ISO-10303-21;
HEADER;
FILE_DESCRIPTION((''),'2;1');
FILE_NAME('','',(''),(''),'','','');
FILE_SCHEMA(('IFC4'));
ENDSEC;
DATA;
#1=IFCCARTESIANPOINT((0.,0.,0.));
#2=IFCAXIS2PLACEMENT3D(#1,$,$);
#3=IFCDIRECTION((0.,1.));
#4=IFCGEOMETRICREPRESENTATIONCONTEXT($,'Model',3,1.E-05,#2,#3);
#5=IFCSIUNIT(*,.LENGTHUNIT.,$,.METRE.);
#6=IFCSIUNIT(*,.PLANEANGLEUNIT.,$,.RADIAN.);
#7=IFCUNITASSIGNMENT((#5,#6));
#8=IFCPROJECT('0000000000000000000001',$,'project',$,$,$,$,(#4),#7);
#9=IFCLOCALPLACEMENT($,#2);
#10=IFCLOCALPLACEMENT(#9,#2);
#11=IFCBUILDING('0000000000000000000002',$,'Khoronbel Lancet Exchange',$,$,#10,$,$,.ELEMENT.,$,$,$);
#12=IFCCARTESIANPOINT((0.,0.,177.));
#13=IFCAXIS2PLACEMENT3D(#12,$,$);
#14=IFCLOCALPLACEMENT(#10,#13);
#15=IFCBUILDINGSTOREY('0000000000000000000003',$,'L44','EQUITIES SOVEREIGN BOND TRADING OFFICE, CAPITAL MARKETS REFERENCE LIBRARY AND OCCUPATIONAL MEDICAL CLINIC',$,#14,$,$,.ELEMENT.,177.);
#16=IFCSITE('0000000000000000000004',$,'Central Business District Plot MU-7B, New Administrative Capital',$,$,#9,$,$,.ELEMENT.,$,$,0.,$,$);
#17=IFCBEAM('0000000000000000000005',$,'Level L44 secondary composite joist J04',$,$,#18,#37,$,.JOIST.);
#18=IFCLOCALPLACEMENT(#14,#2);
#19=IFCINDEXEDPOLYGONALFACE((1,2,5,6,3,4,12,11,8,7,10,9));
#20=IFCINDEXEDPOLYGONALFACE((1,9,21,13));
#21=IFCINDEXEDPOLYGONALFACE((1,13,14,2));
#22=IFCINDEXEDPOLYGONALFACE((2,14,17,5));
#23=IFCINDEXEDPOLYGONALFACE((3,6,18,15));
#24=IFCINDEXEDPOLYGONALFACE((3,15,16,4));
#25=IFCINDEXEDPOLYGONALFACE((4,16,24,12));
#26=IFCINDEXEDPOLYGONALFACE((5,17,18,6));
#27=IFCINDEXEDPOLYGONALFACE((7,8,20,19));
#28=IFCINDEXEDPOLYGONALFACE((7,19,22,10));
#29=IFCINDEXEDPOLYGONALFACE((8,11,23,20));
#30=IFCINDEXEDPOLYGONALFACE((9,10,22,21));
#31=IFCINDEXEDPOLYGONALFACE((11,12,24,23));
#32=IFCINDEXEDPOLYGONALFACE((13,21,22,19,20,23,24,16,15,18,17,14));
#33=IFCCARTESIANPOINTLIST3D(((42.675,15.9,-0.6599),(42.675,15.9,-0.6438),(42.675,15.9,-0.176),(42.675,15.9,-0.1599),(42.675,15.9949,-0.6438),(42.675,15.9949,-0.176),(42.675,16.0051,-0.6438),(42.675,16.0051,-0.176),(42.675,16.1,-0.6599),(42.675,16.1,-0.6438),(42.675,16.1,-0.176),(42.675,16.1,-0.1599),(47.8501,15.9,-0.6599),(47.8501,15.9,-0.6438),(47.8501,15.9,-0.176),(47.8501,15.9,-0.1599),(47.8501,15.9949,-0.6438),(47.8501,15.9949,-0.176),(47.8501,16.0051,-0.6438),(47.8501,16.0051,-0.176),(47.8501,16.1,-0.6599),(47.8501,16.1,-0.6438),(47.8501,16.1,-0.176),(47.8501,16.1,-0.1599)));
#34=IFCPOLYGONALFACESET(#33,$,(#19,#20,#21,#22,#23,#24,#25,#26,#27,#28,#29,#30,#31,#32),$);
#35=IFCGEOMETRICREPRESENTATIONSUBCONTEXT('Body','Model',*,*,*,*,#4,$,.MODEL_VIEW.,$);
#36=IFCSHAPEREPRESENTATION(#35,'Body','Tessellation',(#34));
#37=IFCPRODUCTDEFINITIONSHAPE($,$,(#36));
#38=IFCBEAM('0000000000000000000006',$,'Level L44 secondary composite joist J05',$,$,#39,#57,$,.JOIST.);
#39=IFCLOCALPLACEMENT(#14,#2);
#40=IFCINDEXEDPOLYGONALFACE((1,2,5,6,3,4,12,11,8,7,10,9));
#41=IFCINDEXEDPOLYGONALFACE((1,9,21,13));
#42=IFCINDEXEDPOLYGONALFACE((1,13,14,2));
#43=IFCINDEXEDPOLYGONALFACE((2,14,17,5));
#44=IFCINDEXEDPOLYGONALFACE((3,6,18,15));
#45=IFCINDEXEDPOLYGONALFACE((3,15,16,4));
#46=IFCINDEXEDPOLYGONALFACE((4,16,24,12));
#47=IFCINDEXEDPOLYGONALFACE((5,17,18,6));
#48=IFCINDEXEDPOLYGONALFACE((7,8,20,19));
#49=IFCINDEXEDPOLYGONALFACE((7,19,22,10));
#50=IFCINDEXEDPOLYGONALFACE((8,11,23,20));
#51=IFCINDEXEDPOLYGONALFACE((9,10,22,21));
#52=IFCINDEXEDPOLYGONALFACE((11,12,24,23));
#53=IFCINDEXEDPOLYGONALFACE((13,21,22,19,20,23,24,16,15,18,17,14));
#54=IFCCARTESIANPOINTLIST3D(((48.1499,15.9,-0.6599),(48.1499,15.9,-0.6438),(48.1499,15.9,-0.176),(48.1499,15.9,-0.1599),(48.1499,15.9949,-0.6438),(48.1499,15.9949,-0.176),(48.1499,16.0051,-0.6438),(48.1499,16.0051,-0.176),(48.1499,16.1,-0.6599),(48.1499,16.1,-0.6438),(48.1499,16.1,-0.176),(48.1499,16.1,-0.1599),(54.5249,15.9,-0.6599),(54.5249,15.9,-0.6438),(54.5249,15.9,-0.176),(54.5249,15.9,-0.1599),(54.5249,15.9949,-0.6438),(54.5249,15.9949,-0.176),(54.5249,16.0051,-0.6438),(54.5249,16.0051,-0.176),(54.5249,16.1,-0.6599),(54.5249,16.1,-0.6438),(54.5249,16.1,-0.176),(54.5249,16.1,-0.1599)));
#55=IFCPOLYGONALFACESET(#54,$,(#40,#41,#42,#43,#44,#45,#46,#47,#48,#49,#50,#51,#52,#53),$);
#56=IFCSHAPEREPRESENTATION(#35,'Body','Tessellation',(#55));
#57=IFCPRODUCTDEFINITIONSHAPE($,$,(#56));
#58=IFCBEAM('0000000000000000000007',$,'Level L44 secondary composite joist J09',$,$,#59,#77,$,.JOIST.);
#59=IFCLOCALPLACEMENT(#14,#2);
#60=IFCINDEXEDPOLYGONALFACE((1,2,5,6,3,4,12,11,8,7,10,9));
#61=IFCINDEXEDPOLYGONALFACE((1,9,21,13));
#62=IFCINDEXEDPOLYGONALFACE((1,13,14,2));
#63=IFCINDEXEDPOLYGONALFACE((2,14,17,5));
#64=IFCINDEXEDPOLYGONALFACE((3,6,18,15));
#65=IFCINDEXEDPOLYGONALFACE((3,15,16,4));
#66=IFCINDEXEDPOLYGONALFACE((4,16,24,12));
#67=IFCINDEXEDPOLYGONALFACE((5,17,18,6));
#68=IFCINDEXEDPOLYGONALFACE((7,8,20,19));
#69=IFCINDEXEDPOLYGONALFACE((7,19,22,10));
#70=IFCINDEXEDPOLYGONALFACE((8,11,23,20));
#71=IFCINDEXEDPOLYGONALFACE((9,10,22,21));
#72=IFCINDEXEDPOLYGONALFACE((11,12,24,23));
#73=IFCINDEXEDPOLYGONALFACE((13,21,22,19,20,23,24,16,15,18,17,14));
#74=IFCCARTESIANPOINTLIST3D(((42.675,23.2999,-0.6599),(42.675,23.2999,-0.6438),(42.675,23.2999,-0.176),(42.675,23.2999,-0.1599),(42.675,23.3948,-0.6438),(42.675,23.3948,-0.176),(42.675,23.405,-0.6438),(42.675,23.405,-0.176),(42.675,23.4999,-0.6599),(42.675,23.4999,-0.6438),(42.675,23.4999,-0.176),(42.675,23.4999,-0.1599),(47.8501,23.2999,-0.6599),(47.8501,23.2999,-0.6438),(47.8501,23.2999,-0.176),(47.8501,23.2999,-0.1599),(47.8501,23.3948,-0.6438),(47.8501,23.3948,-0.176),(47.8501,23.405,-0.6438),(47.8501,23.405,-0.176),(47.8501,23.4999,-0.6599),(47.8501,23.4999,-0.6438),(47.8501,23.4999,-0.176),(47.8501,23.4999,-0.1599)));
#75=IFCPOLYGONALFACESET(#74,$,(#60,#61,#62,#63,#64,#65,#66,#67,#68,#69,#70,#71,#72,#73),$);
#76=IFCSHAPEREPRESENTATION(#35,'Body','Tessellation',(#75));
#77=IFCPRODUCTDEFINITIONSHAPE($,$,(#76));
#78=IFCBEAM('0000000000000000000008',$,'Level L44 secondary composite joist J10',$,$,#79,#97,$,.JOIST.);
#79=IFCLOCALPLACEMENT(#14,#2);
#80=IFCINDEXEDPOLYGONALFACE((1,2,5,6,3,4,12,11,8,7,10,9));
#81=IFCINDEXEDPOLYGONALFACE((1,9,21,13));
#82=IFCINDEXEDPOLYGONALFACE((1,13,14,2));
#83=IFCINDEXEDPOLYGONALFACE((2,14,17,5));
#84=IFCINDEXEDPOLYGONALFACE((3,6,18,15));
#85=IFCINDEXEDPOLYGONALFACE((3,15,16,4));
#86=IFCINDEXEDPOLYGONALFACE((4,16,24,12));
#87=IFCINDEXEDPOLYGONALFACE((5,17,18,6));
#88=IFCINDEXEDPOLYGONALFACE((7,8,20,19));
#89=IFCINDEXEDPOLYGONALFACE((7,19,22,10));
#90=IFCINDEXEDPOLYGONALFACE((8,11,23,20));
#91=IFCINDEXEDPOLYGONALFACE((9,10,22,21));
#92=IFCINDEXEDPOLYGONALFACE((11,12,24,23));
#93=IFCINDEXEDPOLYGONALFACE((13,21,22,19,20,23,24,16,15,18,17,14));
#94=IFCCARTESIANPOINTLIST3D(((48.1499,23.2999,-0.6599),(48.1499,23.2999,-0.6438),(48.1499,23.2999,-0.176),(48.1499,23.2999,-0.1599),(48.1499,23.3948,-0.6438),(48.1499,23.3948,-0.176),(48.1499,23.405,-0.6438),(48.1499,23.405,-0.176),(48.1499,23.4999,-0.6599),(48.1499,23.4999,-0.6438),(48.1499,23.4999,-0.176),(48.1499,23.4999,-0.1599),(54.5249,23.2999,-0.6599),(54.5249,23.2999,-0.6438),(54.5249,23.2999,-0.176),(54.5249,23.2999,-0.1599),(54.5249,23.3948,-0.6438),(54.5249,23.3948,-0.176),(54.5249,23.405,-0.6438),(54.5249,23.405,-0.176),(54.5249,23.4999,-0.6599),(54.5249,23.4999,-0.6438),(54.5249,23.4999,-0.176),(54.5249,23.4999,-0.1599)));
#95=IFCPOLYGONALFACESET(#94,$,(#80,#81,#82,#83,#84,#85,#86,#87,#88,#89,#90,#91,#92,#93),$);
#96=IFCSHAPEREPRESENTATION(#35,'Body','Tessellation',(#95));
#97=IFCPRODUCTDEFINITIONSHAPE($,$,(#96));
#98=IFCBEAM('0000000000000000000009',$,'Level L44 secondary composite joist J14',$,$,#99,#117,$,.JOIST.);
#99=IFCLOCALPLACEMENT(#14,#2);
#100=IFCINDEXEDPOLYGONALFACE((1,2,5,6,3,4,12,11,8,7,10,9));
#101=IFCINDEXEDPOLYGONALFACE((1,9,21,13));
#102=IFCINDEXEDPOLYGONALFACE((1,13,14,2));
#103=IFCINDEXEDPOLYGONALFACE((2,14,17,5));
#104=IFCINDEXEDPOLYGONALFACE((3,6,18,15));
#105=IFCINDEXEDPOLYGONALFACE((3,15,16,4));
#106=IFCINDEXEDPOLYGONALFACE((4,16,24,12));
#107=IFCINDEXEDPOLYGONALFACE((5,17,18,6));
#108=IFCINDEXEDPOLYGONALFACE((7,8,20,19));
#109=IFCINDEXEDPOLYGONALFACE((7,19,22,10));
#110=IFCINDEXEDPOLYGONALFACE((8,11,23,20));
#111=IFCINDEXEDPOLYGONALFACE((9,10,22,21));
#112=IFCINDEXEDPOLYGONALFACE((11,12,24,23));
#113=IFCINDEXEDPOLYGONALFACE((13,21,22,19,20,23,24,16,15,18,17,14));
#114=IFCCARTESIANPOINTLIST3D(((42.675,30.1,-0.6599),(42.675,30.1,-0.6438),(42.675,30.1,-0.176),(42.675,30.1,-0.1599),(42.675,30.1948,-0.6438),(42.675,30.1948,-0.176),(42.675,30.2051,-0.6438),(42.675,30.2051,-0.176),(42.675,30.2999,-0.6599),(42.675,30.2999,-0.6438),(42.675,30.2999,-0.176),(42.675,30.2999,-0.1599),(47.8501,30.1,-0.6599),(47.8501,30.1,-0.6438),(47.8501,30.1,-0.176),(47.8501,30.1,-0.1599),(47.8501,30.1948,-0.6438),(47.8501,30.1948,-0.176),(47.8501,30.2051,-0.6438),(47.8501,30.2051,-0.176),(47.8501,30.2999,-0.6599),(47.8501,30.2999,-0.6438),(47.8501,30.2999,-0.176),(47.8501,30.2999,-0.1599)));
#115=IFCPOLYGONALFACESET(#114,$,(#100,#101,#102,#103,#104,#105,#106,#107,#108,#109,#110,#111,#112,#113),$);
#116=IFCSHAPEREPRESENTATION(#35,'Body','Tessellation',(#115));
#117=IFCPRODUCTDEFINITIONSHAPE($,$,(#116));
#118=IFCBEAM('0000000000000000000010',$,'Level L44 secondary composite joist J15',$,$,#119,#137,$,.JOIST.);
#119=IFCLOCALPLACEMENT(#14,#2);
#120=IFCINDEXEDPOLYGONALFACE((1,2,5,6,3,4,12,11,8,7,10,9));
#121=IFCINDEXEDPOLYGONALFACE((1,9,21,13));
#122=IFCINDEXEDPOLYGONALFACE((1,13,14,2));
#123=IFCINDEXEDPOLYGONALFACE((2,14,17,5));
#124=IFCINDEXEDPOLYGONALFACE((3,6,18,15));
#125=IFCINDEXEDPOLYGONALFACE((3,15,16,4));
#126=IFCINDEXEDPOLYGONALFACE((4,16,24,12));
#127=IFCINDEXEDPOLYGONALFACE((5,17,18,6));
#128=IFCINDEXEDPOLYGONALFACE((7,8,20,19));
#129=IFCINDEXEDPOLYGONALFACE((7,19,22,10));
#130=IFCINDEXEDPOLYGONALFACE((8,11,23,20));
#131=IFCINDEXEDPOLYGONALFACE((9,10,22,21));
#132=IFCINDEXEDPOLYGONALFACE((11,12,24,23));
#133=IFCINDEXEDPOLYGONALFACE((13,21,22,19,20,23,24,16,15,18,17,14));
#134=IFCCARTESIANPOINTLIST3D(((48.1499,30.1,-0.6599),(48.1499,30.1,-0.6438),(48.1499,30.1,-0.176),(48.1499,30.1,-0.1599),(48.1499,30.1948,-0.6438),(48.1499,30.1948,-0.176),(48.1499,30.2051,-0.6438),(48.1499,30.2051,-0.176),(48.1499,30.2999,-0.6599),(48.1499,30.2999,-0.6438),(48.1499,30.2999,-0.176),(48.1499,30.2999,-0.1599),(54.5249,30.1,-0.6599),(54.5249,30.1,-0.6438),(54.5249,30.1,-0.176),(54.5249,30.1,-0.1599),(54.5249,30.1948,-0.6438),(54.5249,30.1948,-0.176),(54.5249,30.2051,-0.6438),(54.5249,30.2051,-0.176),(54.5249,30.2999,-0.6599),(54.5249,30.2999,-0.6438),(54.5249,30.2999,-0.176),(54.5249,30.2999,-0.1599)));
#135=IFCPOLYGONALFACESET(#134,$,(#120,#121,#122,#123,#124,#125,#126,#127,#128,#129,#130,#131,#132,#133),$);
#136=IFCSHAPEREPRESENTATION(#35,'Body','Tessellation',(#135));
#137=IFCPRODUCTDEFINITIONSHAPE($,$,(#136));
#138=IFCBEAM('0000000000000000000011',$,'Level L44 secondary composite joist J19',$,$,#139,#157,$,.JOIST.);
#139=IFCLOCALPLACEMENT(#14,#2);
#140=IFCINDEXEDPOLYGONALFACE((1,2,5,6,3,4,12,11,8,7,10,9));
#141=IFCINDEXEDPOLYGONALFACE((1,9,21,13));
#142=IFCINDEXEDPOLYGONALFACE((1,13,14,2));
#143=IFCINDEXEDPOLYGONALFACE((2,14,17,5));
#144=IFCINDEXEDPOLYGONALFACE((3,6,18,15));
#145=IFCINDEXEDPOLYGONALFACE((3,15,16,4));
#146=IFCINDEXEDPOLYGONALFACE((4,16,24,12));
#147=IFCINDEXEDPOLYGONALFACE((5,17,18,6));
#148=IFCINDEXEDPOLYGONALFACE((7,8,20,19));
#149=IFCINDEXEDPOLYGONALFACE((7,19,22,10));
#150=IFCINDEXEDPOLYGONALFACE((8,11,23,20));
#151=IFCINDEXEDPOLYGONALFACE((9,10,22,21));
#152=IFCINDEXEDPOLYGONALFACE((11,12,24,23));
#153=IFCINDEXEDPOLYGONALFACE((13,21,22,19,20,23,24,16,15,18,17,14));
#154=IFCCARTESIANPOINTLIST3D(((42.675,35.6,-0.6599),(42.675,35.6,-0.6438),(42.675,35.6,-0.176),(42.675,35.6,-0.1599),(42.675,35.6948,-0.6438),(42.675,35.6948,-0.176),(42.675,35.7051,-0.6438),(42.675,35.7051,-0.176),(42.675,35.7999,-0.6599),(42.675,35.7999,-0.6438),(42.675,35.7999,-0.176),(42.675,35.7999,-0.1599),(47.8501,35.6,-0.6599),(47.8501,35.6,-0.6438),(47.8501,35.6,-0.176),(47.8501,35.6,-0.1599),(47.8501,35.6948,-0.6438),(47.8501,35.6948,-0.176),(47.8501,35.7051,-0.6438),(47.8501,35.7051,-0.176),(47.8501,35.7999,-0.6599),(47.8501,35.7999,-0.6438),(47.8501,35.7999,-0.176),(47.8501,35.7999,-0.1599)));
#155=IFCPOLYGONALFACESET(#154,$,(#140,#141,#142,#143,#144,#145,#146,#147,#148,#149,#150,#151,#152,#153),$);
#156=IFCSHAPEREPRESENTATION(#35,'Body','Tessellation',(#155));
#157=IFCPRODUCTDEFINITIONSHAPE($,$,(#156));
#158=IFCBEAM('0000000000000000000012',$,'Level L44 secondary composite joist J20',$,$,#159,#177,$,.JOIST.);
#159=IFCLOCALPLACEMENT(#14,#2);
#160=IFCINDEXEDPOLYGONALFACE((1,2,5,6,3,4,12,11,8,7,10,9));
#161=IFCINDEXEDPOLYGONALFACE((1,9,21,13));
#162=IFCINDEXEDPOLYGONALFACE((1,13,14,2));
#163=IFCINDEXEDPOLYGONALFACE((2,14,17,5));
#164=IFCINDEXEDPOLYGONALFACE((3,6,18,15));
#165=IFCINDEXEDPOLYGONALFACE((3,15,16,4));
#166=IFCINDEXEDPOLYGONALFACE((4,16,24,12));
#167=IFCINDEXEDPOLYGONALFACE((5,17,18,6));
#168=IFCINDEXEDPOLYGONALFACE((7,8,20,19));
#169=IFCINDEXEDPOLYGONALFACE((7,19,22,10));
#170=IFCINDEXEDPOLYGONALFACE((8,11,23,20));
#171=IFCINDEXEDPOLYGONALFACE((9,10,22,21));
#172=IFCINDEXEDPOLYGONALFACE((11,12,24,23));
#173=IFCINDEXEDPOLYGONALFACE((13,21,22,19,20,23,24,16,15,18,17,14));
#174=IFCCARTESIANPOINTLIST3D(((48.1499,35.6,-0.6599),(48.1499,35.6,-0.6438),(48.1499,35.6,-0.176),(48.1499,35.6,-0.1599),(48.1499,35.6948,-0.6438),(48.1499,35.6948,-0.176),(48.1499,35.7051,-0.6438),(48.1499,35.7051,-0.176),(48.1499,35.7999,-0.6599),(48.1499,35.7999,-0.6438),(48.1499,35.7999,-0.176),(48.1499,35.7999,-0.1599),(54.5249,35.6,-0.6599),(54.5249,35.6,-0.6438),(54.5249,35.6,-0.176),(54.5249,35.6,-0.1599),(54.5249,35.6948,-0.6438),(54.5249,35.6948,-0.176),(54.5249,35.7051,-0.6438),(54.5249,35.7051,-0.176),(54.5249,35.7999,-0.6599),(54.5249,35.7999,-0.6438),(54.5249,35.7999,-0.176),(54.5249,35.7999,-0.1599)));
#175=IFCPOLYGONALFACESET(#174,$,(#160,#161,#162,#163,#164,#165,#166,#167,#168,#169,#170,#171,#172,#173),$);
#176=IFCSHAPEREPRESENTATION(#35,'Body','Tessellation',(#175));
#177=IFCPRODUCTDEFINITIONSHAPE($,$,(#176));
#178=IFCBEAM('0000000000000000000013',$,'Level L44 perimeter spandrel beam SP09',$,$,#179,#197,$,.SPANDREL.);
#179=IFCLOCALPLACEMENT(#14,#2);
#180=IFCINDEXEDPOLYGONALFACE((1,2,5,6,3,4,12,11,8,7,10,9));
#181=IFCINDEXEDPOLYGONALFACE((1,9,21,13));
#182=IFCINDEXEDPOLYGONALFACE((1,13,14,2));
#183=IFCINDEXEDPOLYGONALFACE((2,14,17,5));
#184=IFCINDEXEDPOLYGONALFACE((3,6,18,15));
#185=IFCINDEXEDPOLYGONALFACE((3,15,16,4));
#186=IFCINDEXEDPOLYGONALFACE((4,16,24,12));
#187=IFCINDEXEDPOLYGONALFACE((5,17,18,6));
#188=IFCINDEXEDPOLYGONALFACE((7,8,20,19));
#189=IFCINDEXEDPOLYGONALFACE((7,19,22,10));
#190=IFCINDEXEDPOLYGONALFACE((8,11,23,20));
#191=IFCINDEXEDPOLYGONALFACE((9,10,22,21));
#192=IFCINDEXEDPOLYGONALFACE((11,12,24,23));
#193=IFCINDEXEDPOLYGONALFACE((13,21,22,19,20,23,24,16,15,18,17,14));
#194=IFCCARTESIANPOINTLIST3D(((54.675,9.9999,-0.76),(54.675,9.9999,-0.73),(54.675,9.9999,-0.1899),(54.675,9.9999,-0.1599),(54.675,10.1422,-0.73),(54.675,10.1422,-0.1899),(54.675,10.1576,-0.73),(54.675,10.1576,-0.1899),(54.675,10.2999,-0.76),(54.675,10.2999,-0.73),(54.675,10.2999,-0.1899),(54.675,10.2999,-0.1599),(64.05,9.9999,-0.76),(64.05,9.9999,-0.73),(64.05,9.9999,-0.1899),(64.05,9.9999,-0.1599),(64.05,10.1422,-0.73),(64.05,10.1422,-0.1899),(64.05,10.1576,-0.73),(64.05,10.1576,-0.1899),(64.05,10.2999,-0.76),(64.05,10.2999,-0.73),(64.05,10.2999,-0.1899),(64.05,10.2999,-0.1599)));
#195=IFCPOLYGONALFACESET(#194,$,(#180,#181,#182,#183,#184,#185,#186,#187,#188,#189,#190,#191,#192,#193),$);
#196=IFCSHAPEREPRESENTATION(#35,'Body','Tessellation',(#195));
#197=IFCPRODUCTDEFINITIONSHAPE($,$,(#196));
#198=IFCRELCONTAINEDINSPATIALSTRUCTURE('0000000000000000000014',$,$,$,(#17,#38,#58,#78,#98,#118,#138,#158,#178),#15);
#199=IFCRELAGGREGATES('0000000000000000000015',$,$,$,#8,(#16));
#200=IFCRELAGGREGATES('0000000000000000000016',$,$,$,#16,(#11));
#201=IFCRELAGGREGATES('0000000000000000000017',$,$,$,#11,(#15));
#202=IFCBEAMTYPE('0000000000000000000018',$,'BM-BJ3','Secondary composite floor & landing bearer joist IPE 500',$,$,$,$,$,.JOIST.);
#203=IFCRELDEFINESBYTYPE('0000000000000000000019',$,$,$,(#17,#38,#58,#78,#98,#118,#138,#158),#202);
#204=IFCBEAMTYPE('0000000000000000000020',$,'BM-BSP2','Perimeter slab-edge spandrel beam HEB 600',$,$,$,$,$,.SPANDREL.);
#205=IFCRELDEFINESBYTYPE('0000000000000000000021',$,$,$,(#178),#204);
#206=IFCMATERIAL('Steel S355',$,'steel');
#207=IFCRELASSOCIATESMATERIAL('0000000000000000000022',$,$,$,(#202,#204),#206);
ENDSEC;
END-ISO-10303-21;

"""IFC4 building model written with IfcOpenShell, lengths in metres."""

from ifc_helpers import new_model, si_unit, direction, frame, origin, origin_2d, place, context, subcontext, project, spatial, i_section, extrude, material, material_profile, profile_set, type_object, element, save


model = new_model("IFC4")

# Units and contexts
model_context = context("Model", 3, precision=1e-05, world=origin(), true_north=direction((0.0, 1.0)))
body_context = subcontext(model_context, "Body", "Model", "MODEL_VIEW")
ifc_project = project(units=[si_unit("LENGTHUNIT", "METRE"), si_unit("PLANEANGLEUNIT", "RADIAN")], contexts=[model_context])

# Site, building, storey
site_placement = place(None, origin())
site = spatial("IfcSite", under=ifc_project, at=site_placement, Name="Central Business District Plot MU-7B, New Administrative Capital", CompositionType="ELEMENT", RefElevation=0.0)
building_placement = place(site_placement, origin())
building = spatial("IfcBuilding", under=site, at=building_placement, Name="Khoronbel Lancet Exchange", CompositionType="ELEMENT")
storey_placement = place(building_placement, frame((0.0, 0.0, 177.0)))
storey = spatial("IfcBuildingStorey", under=building, at=storey_placement, Name="L44", Description="EQUITIES SOVEREIGN BOND TRADING OFFICE, CAPITAL MARKETS REFERENCE LIBRARY AND OCCUPATIONAL MEDICAL CLINIC", CompositionType="ELEMENT", Elevation=177.0)

# Beams
ifc_material_1 = material(Name="Steel S355", Category="steel")
ifc_material_profile_1 = material_profile(ifc_material_1, i_section(OverallWidth=0.2, OverallDepth=0.5, WebThickness=0.0103, FlangeThickness=0.0161, at=origin_2d()), Name="IPE 500")
ifc_profile_set_1 = profile_set([ifc_material_profile_1], Name="Steel S355")
beam_type_1 = type_object("IfcBeamType", Name="BM-BJ3", Description="Secondary composite floor & landing bearer joist IPE 500", PredefinedType="JOIST", material=ifc_profile_set_1)
beam_1_placement = place(storey_placement, frame((42.675, 16.0, -0.4099), z_axis=(1.0, 0.0, 0.0), x_axis=(0.0, 1.0, 0.0)))
element("IfcBeam", 1, at=beam_1_placement, inside=storey, type_object=beam_type_1, Name="Level L44 secondary composite joist J04", PredefinedType="JOIST", context=body_context, shape_type="SweptSolid", body=[
    extrude(i_section(OverallWidth=0.2, OverallDepth=0.5, WebThickness=0.0103, FlangeThickness=0.0161, at=origin_2d()), origin(), (0.0, 0.0, 1.0), 5.175),
])
beam_2_placement = place(storey_placement, frame((48.1499, 16.0, -0.4099), z_axis=(1.0, 0.0, 0.0), x_axis=(0.0, 1.0, 0.0)))
element("IfcBeam", 2, at=beam_2_placement, inside=storey, type_object=beam_type_1, Name="Level L44 secondary composite joist J05", PredefinedType="JOIST", context=body_context, shape_type="SweptSolid", body=[
    extrude(i_section(OverallWidth=0.2, OverallDepth=0.5, WebThickness=0.0103, FlangeThickness=0.0161, at=origin_2d()), origin(), (0.0, 0.0, 1.0), 6.375),
])
beam_3_placement = place(storey_placement, frame((42.675, 23.3999, -0.4099), z_axis=(1.0, 0.0, 0.0), x_axis=(0.0, 1.0, 0.0)))
element("IfcBeam", 3, at=beam_3_placement, inside=storey, type_object=beam_type_1, Name="Level L44 secondary composite joist J09", PredefinedType="JOIST", context=body_context, shape_type="SweptSolid", body=[
    extrude(i_section(OverallWidth=0.2, OverallDepth=0.5, WebThickness=0.0103, FlangeThickness=0.0161, at=origin_2d()), origin(), (0.0, 0.0, 1.0), 5.175),
])
beam_4_placement = place(storey_placement, frame((48.1499, 23.3999, -0.4099), z_axis=(1.0, 0.0, 0.0), x_axis=(0.0, 1.0, 0.0)))
element("IfcBeam", 4, at=beam_4_placement, inside=storey, type_object=beam_type_1, Name="Level L44 secondary composite joist J10", PredefinedType="JOIST", context=body_context, shape_type="SweptSolid", body=[
    extrude(i_section(OverallWidth=0.2, OverallDepth=0.5, WebThickness=0.0103, FlangeThickness=0.0161, at=origin_2d()), origin(), (0.0, 0.0, 1.0), 6.375),
])
beam_5_placement = place(storey_placement, frame((42.675, 30.2, -0.4099), z_axis=(1.0, 0.0, 0.0), x_axis=(0.0, 1.0, 0.0)))
element("IfcBeam", 5, at=beam_5_placement, inside=storey, type_object=beam_type_1, Name="Level L44 secondary composite joist J14", PredefinedType="JOIST", context=body_context, shape_type="SweptSolid", body=[
    extrude(i_section(OverallWidth=0.2, OverallDepth=0.5, WebThickness=0.0103, FlangeThickness=0.0161, at=origin_2d()), origin(), (0.0, 0.0, 1.0), 5.175),
])
beam_6_placement = place(storey_placement, frame((48.1499, 30.2, -0.4099), z_axis=(1.0, 0.0, 0.0), x_axis=(0.0, 1.0, 0.0)))
element("IfcBeam", 6, at=beam_6_placement, inside=storey, type_object=beam_type_1, Name="Level L44 secondary composite joist J15", PredefinedType="JOIST", context=body_context, shape_type="SweptSolid", body=[
    extrude(i_section(OverallWidth=0.2, OverallDepth=0.5, WebThickness=0.0103, FlangeThickness=0.0161, at=origin_2d()), origin(), (0.0, 0.0, 1.0), 6.375),
])
beam_7_placement = place(storey_placement, frame((42.675, 35.7, -0.4099), z_axis=(1.0, 0.0, 0.0), x_axis=(0.0, 1.0, 0.0)))
element("IfcBeam", 7, at=beam_7_placement, inside=storey, type_object=beam_type_1, Name="Level L44 secondary composite joist J19", PredefinedType="JOIST", context=body_context, shape_type="SweptSolid", body=[
    extrude(i_section(OverallWidth=0.2, OverallDepth=0.5, WebThickness=0.0103, FlangeThickness=0.0161, at=origin_2d()), origin(), (0.0, 0.0, 1.0), 5.175),
])
beam_8_placement = place(storey_placement, frame((48.1499, 35.7, -0.4099), z_axis=(1.0, 0.0, 0.0), x_axis=(0.0, 1.0, 0.0)))
element("IfcBeam", 8, at=beam_8_placement, inside=storey, type_object=beam_type_1, Name="Level L44 secondary composite joist J20", PredefinedType="JOIST", context=body_context, shape_type="SweptSolid", body=[
    extrude(i_section(OverallWidth=0.2, OverallDepth=0.5, WebThickness=0.0103, FlangeThickness=0.0161, at=origin_2d()), origin(), (0.0, 0.0, 1.0), 6.375),
])
ifc_material_profile_2 = material_profile(ifc_material_1, i_section(OverallWidth=0.3, OverallDepth=0.6001, WebThickness=0.0154, FlangeThickness=0.03, at=origin_2d()), Name="HEB 600")
ifc_profile_set_2 = profile_set([ifc_material_profile_2], Name="Steel S355")
beam_type_2 = type_object("IfcBeamType", Name="BM-BSP2", Description="Perimeter slab-edge spandrel beam HEB 600", PredefinedType="SPANDREL", material=ifc_profile_set_2)
beam_9_placement = place(storey_placement, frame((54.675, 10.1499, -0.46), z_axis=(1.0, 0.0, 0.0), x_axis=(0.0, 1.0, 0.0)))
element("IfcBeam", 9, at=beam_9_placement, inside=storey, type_object=beam_type_2, Name="Level L44 perimeter spandrel beam SP09", PredefinedType="SPANDREL", context=body_context, shape_type="SweptSolid", body=[
    extrude(i_section(OverallWidth=0.3, OverallDepth=0.6001, WebThickness=0.0154, FlangeThickness=0.03, at=origin_2d()), origin(), (0.0, 0.0, 1.0), 9.375),
])

save(model, "model.ifc")
